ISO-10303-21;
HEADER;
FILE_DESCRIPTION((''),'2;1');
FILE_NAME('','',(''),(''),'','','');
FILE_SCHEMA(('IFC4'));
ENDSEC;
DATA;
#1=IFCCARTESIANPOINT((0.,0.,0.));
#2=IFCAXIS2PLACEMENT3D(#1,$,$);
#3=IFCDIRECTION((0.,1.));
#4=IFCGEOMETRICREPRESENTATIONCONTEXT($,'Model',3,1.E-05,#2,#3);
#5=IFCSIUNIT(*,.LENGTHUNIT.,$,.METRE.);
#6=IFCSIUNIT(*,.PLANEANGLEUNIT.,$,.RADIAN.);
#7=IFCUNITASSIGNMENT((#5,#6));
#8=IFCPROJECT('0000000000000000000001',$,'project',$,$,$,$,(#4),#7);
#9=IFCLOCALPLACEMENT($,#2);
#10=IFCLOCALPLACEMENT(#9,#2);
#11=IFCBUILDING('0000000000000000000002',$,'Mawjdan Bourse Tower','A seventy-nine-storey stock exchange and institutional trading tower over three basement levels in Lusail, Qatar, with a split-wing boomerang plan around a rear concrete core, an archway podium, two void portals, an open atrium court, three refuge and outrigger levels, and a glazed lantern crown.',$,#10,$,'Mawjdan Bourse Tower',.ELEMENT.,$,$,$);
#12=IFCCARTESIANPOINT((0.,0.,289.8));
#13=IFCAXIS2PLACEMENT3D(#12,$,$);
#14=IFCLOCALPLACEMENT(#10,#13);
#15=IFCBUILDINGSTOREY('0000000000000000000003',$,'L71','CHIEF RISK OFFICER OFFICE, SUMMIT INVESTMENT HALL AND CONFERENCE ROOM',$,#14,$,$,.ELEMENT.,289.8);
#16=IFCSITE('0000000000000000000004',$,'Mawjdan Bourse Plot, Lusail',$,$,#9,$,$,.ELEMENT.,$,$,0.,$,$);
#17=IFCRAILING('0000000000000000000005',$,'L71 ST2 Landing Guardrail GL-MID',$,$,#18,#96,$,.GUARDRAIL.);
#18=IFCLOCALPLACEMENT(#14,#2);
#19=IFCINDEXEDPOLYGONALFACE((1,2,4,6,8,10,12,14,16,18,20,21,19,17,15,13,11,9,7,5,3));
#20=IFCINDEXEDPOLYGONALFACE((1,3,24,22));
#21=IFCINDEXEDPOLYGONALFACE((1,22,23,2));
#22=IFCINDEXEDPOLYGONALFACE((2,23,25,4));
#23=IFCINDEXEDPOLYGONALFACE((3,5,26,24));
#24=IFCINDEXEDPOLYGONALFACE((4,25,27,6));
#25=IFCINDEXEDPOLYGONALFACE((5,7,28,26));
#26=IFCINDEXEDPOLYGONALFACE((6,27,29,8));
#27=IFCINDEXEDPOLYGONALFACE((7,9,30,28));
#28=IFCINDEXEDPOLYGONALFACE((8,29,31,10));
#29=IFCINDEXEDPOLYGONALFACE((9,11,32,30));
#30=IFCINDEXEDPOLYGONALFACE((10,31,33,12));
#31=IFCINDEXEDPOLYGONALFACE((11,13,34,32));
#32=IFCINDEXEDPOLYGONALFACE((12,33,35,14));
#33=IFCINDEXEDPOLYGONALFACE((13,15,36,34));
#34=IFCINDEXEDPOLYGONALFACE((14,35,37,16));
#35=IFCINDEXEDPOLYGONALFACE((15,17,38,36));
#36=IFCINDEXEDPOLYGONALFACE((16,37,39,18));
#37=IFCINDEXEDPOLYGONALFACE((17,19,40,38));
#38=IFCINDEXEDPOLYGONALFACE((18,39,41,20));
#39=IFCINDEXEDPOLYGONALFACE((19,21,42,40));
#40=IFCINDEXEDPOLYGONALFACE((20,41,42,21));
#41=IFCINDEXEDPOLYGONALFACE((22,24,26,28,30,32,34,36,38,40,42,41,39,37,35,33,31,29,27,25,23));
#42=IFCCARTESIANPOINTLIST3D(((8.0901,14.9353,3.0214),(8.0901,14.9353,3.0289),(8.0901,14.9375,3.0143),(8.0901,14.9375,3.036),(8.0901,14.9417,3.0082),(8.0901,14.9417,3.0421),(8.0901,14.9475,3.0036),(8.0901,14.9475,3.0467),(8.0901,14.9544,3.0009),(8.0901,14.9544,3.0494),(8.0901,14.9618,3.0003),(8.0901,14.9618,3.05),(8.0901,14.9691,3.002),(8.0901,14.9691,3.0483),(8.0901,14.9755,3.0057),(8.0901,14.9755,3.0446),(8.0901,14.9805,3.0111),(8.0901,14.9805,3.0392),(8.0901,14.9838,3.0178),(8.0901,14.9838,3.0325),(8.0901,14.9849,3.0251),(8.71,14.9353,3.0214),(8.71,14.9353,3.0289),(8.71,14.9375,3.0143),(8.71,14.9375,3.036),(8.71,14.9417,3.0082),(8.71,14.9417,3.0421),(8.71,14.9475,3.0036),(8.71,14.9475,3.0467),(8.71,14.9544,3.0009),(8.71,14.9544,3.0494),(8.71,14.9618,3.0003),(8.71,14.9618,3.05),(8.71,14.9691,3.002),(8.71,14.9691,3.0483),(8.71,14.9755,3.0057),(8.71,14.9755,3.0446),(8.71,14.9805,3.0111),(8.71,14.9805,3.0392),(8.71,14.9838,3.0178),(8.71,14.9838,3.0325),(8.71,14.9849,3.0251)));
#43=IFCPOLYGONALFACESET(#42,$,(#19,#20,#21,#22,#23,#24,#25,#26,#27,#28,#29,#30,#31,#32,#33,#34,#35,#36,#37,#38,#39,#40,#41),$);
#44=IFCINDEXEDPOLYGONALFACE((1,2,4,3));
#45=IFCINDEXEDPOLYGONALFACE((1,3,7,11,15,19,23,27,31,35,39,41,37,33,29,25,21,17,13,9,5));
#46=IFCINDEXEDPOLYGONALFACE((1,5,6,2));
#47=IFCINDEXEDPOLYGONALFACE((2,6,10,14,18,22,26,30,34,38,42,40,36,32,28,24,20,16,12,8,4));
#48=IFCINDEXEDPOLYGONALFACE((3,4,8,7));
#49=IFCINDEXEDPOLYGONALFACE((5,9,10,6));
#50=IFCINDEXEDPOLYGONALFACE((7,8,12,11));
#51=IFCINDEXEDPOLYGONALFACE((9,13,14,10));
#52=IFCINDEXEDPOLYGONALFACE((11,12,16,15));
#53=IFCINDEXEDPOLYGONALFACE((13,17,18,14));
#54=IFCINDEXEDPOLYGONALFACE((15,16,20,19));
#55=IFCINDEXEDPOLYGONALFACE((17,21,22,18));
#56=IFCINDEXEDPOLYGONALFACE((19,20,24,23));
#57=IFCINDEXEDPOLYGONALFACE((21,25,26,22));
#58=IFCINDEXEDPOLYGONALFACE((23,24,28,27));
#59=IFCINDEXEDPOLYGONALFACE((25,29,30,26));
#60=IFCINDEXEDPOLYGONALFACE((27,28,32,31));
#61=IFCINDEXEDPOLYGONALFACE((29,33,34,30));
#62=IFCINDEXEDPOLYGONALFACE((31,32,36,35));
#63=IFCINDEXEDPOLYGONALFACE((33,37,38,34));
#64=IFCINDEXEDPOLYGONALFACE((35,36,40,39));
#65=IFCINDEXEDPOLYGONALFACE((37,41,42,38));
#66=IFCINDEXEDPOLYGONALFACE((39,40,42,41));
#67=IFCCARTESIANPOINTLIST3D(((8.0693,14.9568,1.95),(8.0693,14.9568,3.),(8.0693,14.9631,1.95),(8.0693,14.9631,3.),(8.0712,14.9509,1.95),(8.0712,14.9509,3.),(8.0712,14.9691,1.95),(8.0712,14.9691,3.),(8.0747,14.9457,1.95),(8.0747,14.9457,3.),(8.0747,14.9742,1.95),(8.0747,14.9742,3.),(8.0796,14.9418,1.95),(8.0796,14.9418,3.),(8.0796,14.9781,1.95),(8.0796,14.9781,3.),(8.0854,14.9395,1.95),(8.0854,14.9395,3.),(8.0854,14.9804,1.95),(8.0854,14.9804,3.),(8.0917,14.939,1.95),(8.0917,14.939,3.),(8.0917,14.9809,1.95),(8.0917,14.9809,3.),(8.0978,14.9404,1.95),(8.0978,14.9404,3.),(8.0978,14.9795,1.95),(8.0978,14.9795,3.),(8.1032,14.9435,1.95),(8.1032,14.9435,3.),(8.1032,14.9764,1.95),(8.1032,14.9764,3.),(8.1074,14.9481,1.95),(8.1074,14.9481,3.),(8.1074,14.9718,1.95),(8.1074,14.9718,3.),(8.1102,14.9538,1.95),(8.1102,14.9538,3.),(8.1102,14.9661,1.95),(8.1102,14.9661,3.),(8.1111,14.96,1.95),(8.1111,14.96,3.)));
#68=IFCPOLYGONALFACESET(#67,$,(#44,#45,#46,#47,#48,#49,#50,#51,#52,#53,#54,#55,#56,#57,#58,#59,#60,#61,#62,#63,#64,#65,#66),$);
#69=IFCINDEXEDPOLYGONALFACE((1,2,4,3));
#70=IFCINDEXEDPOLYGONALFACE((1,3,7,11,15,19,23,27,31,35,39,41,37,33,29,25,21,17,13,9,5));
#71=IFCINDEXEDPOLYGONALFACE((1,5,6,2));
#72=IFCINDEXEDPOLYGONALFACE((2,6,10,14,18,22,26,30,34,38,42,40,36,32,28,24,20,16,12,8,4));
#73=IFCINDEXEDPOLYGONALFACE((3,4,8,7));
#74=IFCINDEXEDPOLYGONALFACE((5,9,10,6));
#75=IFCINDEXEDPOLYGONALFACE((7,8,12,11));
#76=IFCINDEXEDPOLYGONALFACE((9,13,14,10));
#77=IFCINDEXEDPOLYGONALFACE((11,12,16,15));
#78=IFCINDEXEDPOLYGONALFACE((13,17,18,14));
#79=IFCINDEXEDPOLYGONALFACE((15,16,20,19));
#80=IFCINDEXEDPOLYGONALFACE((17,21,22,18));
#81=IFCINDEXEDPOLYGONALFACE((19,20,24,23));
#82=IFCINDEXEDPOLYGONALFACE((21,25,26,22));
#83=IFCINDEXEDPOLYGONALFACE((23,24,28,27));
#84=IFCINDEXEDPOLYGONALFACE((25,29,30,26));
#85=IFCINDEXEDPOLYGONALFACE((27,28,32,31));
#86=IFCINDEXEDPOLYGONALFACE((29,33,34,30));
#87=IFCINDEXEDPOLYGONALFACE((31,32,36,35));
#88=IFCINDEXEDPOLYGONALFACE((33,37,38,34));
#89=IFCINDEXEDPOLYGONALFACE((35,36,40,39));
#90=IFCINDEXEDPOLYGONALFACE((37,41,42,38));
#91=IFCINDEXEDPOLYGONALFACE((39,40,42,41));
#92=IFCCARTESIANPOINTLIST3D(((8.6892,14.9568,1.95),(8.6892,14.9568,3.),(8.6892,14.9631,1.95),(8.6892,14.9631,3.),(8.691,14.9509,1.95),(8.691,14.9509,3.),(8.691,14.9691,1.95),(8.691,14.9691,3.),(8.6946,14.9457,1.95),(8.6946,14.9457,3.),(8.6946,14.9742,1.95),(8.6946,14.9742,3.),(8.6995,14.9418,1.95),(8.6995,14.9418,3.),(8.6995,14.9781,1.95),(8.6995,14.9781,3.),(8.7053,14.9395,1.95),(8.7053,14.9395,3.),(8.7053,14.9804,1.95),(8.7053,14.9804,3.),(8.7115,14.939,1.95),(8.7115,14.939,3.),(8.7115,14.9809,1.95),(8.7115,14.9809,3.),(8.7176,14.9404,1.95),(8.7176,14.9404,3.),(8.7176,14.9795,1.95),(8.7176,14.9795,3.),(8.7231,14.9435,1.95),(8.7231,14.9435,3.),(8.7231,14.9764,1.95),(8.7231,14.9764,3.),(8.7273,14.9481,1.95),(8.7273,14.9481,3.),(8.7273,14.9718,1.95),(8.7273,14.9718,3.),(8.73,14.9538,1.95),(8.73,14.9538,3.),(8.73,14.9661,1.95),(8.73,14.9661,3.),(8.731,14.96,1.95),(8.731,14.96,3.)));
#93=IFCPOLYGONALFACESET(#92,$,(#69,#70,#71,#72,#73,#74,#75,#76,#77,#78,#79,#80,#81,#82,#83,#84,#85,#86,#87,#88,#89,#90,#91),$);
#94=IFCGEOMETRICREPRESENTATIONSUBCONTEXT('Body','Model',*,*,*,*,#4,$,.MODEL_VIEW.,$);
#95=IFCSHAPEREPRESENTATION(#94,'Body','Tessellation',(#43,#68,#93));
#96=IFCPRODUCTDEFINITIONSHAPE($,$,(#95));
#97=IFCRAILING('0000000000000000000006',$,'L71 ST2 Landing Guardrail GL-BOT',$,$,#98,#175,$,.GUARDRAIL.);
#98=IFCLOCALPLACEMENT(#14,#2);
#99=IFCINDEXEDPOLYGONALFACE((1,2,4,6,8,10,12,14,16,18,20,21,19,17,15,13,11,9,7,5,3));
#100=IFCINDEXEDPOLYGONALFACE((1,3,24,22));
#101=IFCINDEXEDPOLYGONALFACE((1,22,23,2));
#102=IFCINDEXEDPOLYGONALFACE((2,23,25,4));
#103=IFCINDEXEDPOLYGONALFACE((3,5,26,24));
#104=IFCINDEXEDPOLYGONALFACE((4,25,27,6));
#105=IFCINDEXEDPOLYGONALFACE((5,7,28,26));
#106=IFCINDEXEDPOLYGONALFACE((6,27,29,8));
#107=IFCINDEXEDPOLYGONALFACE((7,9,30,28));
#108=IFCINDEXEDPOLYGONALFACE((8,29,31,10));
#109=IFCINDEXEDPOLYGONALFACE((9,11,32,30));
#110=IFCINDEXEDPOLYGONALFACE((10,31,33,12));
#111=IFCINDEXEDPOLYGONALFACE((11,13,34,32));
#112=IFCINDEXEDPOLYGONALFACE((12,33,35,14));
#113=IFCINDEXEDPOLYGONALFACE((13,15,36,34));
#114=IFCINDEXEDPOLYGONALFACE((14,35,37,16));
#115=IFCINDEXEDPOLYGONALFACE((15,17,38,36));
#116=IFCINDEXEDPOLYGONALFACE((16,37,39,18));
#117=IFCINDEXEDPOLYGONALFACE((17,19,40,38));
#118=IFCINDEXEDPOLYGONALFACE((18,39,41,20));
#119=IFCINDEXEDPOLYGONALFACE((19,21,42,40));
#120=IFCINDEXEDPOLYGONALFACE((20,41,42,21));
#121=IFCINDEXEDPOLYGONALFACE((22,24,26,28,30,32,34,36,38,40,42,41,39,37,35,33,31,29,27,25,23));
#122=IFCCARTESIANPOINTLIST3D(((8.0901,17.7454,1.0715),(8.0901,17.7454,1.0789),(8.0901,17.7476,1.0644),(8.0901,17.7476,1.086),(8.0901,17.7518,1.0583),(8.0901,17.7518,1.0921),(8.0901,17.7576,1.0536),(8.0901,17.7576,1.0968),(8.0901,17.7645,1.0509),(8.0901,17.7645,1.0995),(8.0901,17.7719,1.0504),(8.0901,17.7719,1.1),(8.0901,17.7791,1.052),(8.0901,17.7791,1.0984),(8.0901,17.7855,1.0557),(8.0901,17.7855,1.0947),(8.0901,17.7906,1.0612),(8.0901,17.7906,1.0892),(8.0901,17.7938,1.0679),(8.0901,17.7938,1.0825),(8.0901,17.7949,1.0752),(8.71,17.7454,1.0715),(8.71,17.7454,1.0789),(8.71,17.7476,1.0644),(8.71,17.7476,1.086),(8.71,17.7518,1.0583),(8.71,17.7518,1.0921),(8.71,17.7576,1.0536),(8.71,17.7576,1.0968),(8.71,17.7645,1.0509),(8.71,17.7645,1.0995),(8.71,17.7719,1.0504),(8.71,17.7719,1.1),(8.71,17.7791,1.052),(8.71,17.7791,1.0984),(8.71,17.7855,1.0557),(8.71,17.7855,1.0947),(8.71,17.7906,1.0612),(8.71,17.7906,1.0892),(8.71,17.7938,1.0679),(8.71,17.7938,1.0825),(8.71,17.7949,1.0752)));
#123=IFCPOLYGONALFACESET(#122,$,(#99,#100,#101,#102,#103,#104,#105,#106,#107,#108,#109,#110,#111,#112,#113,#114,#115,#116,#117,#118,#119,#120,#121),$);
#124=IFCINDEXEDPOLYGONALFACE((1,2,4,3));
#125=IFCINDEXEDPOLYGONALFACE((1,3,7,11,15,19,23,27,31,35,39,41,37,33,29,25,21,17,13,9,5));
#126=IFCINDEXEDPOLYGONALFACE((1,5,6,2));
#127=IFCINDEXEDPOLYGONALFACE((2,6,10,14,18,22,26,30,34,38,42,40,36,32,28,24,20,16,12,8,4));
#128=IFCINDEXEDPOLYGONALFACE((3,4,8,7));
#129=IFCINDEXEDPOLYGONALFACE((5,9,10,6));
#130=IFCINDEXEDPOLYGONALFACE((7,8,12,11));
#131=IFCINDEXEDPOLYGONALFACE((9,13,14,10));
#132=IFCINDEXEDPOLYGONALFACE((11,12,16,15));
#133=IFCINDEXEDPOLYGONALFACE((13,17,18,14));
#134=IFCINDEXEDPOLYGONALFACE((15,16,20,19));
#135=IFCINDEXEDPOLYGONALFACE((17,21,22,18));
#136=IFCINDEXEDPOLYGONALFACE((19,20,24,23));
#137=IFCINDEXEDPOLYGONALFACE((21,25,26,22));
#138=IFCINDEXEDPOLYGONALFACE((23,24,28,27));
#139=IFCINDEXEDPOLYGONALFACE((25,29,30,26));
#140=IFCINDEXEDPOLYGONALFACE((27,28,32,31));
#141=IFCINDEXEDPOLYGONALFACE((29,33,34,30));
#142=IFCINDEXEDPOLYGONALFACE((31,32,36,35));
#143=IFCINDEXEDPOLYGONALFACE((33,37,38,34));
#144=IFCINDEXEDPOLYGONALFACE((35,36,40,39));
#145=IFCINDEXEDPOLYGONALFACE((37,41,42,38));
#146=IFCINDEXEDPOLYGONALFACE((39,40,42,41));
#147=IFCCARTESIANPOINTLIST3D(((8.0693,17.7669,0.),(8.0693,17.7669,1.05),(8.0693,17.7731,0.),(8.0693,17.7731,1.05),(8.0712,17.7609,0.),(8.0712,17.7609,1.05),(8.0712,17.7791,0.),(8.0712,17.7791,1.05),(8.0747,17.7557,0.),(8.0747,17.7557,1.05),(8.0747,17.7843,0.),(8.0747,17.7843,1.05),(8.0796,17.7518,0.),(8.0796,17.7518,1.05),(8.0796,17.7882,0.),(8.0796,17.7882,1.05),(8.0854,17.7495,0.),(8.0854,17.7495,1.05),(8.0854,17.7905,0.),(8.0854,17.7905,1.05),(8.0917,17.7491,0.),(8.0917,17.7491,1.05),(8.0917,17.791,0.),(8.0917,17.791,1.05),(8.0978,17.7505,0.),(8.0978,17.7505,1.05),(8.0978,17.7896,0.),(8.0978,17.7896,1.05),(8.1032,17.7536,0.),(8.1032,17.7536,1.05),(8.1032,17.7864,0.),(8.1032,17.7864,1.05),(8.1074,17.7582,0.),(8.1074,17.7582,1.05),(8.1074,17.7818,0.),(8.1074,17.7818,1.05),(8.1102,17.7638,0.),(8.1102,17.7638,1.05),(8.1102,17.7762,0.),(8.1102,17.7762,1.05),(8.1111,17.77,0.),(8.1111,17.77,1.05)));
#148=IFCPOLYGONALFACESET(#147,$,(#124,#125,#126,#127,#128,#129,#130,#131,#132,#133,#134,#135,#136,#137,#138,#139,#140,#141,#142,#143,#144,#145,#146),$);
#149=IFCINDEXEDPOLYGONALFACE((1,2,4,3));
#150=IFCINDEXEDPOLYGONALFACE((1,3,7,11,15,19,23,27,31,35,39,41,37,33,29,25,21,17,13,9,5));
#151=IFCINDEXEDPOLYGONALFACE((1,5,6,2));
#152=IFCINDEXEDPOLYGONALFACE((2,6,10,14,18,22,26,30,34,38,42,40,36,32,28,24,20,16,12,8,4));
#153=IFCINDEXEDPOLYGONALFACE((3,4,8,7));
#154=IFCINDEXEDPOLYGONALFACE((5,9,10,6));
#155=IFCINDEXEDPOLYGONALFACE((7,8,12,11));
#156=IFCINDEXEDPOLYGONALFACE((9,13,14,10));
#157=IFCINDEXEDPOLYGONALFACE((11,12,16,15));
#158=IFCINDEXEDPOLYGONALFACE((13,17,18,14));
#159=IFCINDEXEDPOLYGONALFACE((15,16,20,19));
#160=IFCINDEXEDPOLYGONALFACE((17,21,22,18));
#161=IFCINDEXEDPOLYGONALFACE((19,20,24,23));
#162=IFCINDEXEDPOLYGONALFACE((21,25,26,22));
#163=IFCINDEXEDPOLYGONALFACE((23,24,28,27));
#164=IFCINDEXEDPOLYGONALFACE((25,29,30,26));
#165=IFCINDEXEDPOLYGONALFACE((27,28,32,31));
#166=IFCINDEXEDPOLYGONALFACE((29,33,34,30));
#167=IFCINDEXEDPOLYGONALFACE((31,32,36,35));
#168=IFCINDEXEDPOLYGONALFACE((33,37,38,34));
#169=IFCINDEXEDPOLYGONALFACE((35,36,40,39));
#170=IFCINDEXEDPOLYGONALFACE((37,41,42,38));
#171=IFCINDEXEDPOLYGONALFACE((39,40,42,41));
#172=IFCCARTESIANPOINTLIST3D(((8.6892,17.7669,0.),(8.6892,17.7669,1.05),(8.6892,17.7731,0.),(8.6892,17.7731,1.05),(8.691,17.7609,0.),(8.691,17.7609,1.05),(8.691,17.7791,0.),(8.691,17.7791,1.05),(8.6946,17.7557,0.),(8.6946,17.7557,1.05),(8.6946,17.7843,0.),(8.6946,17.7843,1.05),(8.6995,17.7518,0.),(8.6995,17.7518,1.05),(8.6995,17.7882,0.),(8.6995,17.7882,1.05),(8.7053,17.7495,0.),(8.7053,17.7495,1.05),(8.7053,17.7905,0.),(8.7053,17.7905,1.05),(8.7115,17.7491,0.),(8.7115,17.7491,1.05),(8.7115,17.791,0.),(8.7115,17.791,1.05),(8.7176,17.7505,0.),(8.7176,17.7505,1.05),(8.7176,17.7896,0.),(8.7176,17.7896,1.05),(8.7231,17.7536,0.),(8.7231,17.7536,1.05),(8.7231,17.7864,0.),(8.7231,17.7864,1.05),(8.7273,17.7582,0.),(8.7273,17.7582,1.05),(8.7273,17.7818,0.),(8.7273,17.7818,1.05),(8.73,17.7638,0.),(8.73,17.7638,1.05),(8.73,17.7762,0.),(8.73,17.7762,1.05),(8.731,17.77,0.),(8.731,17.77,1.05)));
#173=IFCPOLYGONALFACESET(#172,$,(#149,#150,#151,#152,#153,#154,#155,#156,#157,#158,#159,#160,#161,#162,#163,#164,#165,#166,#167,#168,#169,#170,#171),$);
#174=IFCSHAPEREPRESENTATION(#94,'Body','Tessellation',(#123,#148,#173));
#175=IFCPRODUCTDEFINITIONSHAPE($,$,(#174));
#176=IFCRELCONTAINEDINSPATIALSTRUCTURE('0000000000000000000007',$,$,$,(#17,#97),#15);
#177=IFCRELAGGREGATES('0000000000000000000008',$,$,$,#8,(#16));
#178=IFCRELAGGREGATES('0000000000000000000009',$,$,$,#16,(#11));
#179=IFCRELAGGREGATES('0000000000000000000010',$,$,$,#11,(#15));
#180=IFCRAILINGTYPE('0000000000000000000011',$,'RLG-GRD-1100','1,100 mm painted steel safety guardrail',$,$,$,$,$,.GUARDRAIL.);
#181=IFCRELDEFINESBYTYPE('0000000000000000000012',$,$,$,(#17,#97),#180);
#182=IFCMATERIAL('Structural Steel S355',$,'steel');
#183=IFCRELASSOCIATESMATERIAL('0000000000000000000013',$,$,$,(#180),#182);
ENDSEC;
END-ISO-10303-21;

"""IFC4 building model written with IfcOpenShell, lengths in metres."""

from ifc_helpers import new_model, si_unit, direction, frame, origin, origin_2d, place, context, subcontext, project, spatial, circle, extrude, material, type_object, element, save


model = new_model("IFC4")

# Units and contexts
model_context = context("Model", 3, precision=1e-05, world=origin(), true_north=direction((0.0, 1.0)))
body_context = subcontext(model_context, "Body", "Model", "MODEL_VIEW")
ifc_project = project(units=[si_unit("LENGTHUNIT", "METRE"), si_unit("PLANEANGLEUNIT", "RADIAN")], contexts=[model_context])

# Site, building, storey
site_placement = place(None, origin())
site = spatial("IfcSite", under=ifc_project, at=site_placement, Name="Mawjdan Bourse Plot, Lusail", CompositionType="ELEMENT", RefElevation=0.0)
building_placement = place(site_placement, origin())
building = spatial("IfcBuilding", under=site, at=building_placement, Name="Mawjdan Bourse Tower", Description="A seventy-nine-storey stock exchange and institutional trading tower over three basement levels in Lusail, Qatar, with a split-wing boomerang plan around a rear concrete core, an archway podium, two void portals, an open atrium court, three refuge and outrigger levels, and a glazed lantern crown.", LongName="Mawjdan Bourse Tower", CompositionType="ELEMENT")
storey_placement = place(building_placement, frame((0.0, 0.0, 289.8)))
storey = spatial("IfcBuildingStorey", under=building, at=storey_placement, Name="L71", Description="CHIEF RISK OFFICER OFFICE, SUMMIT INVESTMENT HALL AND CONFERENCE ROOM", CompositionType="ELEMENT", Elevation=289.8)

# Railings
ifc_material_1 = material(Name="Structural Steel S355", Category="steel")
railing_type_1 = type_object("IfcRailingType", Name="RLG-GRD-1100", Description="1,100 mm painted steel safety guardrail", PredefinedType="GUARDRAIL", material=ifc_material_1)
for number, where, name in (
    (1, (8.0901, 14.96, 1.95), "L71 ST2 Landing Guardrail GL-MID"),
    (2, (8.0901, 17.77, 0.0), "L71 ST2 Landing Guardrail GL-BOT"),
):
    element("IfcRailing", number, at=place(storey_placement, frame(where)), inside=storey, type_object=railing_type_1, Name=name, PredefinedType="GUARDRAIL", context=body_context, shape_type="SweptSolid", body=[
        extrude(circle(Radius=0.0249, at=origin_2d()), frame((0.0, 0.0, 1.0752), z_axis=(1.0, 0.0, 0.0), x_axis=(0.0, 1.0, 0.0)), (0.0, 0.0, 1.0), 0.6199),
        extrude(circle(Radius=0.021, at=origin_2d()), origin(), (0.0, 0.0, 1.0), 1.05),
        extrude(circle(Radius=0.021, at=origin_2d()), frame((0.6199, 0.0, 0.0)), (0.0, 0.0, 1.0), 1.05),
    ])

save(model, "model.ifc")
